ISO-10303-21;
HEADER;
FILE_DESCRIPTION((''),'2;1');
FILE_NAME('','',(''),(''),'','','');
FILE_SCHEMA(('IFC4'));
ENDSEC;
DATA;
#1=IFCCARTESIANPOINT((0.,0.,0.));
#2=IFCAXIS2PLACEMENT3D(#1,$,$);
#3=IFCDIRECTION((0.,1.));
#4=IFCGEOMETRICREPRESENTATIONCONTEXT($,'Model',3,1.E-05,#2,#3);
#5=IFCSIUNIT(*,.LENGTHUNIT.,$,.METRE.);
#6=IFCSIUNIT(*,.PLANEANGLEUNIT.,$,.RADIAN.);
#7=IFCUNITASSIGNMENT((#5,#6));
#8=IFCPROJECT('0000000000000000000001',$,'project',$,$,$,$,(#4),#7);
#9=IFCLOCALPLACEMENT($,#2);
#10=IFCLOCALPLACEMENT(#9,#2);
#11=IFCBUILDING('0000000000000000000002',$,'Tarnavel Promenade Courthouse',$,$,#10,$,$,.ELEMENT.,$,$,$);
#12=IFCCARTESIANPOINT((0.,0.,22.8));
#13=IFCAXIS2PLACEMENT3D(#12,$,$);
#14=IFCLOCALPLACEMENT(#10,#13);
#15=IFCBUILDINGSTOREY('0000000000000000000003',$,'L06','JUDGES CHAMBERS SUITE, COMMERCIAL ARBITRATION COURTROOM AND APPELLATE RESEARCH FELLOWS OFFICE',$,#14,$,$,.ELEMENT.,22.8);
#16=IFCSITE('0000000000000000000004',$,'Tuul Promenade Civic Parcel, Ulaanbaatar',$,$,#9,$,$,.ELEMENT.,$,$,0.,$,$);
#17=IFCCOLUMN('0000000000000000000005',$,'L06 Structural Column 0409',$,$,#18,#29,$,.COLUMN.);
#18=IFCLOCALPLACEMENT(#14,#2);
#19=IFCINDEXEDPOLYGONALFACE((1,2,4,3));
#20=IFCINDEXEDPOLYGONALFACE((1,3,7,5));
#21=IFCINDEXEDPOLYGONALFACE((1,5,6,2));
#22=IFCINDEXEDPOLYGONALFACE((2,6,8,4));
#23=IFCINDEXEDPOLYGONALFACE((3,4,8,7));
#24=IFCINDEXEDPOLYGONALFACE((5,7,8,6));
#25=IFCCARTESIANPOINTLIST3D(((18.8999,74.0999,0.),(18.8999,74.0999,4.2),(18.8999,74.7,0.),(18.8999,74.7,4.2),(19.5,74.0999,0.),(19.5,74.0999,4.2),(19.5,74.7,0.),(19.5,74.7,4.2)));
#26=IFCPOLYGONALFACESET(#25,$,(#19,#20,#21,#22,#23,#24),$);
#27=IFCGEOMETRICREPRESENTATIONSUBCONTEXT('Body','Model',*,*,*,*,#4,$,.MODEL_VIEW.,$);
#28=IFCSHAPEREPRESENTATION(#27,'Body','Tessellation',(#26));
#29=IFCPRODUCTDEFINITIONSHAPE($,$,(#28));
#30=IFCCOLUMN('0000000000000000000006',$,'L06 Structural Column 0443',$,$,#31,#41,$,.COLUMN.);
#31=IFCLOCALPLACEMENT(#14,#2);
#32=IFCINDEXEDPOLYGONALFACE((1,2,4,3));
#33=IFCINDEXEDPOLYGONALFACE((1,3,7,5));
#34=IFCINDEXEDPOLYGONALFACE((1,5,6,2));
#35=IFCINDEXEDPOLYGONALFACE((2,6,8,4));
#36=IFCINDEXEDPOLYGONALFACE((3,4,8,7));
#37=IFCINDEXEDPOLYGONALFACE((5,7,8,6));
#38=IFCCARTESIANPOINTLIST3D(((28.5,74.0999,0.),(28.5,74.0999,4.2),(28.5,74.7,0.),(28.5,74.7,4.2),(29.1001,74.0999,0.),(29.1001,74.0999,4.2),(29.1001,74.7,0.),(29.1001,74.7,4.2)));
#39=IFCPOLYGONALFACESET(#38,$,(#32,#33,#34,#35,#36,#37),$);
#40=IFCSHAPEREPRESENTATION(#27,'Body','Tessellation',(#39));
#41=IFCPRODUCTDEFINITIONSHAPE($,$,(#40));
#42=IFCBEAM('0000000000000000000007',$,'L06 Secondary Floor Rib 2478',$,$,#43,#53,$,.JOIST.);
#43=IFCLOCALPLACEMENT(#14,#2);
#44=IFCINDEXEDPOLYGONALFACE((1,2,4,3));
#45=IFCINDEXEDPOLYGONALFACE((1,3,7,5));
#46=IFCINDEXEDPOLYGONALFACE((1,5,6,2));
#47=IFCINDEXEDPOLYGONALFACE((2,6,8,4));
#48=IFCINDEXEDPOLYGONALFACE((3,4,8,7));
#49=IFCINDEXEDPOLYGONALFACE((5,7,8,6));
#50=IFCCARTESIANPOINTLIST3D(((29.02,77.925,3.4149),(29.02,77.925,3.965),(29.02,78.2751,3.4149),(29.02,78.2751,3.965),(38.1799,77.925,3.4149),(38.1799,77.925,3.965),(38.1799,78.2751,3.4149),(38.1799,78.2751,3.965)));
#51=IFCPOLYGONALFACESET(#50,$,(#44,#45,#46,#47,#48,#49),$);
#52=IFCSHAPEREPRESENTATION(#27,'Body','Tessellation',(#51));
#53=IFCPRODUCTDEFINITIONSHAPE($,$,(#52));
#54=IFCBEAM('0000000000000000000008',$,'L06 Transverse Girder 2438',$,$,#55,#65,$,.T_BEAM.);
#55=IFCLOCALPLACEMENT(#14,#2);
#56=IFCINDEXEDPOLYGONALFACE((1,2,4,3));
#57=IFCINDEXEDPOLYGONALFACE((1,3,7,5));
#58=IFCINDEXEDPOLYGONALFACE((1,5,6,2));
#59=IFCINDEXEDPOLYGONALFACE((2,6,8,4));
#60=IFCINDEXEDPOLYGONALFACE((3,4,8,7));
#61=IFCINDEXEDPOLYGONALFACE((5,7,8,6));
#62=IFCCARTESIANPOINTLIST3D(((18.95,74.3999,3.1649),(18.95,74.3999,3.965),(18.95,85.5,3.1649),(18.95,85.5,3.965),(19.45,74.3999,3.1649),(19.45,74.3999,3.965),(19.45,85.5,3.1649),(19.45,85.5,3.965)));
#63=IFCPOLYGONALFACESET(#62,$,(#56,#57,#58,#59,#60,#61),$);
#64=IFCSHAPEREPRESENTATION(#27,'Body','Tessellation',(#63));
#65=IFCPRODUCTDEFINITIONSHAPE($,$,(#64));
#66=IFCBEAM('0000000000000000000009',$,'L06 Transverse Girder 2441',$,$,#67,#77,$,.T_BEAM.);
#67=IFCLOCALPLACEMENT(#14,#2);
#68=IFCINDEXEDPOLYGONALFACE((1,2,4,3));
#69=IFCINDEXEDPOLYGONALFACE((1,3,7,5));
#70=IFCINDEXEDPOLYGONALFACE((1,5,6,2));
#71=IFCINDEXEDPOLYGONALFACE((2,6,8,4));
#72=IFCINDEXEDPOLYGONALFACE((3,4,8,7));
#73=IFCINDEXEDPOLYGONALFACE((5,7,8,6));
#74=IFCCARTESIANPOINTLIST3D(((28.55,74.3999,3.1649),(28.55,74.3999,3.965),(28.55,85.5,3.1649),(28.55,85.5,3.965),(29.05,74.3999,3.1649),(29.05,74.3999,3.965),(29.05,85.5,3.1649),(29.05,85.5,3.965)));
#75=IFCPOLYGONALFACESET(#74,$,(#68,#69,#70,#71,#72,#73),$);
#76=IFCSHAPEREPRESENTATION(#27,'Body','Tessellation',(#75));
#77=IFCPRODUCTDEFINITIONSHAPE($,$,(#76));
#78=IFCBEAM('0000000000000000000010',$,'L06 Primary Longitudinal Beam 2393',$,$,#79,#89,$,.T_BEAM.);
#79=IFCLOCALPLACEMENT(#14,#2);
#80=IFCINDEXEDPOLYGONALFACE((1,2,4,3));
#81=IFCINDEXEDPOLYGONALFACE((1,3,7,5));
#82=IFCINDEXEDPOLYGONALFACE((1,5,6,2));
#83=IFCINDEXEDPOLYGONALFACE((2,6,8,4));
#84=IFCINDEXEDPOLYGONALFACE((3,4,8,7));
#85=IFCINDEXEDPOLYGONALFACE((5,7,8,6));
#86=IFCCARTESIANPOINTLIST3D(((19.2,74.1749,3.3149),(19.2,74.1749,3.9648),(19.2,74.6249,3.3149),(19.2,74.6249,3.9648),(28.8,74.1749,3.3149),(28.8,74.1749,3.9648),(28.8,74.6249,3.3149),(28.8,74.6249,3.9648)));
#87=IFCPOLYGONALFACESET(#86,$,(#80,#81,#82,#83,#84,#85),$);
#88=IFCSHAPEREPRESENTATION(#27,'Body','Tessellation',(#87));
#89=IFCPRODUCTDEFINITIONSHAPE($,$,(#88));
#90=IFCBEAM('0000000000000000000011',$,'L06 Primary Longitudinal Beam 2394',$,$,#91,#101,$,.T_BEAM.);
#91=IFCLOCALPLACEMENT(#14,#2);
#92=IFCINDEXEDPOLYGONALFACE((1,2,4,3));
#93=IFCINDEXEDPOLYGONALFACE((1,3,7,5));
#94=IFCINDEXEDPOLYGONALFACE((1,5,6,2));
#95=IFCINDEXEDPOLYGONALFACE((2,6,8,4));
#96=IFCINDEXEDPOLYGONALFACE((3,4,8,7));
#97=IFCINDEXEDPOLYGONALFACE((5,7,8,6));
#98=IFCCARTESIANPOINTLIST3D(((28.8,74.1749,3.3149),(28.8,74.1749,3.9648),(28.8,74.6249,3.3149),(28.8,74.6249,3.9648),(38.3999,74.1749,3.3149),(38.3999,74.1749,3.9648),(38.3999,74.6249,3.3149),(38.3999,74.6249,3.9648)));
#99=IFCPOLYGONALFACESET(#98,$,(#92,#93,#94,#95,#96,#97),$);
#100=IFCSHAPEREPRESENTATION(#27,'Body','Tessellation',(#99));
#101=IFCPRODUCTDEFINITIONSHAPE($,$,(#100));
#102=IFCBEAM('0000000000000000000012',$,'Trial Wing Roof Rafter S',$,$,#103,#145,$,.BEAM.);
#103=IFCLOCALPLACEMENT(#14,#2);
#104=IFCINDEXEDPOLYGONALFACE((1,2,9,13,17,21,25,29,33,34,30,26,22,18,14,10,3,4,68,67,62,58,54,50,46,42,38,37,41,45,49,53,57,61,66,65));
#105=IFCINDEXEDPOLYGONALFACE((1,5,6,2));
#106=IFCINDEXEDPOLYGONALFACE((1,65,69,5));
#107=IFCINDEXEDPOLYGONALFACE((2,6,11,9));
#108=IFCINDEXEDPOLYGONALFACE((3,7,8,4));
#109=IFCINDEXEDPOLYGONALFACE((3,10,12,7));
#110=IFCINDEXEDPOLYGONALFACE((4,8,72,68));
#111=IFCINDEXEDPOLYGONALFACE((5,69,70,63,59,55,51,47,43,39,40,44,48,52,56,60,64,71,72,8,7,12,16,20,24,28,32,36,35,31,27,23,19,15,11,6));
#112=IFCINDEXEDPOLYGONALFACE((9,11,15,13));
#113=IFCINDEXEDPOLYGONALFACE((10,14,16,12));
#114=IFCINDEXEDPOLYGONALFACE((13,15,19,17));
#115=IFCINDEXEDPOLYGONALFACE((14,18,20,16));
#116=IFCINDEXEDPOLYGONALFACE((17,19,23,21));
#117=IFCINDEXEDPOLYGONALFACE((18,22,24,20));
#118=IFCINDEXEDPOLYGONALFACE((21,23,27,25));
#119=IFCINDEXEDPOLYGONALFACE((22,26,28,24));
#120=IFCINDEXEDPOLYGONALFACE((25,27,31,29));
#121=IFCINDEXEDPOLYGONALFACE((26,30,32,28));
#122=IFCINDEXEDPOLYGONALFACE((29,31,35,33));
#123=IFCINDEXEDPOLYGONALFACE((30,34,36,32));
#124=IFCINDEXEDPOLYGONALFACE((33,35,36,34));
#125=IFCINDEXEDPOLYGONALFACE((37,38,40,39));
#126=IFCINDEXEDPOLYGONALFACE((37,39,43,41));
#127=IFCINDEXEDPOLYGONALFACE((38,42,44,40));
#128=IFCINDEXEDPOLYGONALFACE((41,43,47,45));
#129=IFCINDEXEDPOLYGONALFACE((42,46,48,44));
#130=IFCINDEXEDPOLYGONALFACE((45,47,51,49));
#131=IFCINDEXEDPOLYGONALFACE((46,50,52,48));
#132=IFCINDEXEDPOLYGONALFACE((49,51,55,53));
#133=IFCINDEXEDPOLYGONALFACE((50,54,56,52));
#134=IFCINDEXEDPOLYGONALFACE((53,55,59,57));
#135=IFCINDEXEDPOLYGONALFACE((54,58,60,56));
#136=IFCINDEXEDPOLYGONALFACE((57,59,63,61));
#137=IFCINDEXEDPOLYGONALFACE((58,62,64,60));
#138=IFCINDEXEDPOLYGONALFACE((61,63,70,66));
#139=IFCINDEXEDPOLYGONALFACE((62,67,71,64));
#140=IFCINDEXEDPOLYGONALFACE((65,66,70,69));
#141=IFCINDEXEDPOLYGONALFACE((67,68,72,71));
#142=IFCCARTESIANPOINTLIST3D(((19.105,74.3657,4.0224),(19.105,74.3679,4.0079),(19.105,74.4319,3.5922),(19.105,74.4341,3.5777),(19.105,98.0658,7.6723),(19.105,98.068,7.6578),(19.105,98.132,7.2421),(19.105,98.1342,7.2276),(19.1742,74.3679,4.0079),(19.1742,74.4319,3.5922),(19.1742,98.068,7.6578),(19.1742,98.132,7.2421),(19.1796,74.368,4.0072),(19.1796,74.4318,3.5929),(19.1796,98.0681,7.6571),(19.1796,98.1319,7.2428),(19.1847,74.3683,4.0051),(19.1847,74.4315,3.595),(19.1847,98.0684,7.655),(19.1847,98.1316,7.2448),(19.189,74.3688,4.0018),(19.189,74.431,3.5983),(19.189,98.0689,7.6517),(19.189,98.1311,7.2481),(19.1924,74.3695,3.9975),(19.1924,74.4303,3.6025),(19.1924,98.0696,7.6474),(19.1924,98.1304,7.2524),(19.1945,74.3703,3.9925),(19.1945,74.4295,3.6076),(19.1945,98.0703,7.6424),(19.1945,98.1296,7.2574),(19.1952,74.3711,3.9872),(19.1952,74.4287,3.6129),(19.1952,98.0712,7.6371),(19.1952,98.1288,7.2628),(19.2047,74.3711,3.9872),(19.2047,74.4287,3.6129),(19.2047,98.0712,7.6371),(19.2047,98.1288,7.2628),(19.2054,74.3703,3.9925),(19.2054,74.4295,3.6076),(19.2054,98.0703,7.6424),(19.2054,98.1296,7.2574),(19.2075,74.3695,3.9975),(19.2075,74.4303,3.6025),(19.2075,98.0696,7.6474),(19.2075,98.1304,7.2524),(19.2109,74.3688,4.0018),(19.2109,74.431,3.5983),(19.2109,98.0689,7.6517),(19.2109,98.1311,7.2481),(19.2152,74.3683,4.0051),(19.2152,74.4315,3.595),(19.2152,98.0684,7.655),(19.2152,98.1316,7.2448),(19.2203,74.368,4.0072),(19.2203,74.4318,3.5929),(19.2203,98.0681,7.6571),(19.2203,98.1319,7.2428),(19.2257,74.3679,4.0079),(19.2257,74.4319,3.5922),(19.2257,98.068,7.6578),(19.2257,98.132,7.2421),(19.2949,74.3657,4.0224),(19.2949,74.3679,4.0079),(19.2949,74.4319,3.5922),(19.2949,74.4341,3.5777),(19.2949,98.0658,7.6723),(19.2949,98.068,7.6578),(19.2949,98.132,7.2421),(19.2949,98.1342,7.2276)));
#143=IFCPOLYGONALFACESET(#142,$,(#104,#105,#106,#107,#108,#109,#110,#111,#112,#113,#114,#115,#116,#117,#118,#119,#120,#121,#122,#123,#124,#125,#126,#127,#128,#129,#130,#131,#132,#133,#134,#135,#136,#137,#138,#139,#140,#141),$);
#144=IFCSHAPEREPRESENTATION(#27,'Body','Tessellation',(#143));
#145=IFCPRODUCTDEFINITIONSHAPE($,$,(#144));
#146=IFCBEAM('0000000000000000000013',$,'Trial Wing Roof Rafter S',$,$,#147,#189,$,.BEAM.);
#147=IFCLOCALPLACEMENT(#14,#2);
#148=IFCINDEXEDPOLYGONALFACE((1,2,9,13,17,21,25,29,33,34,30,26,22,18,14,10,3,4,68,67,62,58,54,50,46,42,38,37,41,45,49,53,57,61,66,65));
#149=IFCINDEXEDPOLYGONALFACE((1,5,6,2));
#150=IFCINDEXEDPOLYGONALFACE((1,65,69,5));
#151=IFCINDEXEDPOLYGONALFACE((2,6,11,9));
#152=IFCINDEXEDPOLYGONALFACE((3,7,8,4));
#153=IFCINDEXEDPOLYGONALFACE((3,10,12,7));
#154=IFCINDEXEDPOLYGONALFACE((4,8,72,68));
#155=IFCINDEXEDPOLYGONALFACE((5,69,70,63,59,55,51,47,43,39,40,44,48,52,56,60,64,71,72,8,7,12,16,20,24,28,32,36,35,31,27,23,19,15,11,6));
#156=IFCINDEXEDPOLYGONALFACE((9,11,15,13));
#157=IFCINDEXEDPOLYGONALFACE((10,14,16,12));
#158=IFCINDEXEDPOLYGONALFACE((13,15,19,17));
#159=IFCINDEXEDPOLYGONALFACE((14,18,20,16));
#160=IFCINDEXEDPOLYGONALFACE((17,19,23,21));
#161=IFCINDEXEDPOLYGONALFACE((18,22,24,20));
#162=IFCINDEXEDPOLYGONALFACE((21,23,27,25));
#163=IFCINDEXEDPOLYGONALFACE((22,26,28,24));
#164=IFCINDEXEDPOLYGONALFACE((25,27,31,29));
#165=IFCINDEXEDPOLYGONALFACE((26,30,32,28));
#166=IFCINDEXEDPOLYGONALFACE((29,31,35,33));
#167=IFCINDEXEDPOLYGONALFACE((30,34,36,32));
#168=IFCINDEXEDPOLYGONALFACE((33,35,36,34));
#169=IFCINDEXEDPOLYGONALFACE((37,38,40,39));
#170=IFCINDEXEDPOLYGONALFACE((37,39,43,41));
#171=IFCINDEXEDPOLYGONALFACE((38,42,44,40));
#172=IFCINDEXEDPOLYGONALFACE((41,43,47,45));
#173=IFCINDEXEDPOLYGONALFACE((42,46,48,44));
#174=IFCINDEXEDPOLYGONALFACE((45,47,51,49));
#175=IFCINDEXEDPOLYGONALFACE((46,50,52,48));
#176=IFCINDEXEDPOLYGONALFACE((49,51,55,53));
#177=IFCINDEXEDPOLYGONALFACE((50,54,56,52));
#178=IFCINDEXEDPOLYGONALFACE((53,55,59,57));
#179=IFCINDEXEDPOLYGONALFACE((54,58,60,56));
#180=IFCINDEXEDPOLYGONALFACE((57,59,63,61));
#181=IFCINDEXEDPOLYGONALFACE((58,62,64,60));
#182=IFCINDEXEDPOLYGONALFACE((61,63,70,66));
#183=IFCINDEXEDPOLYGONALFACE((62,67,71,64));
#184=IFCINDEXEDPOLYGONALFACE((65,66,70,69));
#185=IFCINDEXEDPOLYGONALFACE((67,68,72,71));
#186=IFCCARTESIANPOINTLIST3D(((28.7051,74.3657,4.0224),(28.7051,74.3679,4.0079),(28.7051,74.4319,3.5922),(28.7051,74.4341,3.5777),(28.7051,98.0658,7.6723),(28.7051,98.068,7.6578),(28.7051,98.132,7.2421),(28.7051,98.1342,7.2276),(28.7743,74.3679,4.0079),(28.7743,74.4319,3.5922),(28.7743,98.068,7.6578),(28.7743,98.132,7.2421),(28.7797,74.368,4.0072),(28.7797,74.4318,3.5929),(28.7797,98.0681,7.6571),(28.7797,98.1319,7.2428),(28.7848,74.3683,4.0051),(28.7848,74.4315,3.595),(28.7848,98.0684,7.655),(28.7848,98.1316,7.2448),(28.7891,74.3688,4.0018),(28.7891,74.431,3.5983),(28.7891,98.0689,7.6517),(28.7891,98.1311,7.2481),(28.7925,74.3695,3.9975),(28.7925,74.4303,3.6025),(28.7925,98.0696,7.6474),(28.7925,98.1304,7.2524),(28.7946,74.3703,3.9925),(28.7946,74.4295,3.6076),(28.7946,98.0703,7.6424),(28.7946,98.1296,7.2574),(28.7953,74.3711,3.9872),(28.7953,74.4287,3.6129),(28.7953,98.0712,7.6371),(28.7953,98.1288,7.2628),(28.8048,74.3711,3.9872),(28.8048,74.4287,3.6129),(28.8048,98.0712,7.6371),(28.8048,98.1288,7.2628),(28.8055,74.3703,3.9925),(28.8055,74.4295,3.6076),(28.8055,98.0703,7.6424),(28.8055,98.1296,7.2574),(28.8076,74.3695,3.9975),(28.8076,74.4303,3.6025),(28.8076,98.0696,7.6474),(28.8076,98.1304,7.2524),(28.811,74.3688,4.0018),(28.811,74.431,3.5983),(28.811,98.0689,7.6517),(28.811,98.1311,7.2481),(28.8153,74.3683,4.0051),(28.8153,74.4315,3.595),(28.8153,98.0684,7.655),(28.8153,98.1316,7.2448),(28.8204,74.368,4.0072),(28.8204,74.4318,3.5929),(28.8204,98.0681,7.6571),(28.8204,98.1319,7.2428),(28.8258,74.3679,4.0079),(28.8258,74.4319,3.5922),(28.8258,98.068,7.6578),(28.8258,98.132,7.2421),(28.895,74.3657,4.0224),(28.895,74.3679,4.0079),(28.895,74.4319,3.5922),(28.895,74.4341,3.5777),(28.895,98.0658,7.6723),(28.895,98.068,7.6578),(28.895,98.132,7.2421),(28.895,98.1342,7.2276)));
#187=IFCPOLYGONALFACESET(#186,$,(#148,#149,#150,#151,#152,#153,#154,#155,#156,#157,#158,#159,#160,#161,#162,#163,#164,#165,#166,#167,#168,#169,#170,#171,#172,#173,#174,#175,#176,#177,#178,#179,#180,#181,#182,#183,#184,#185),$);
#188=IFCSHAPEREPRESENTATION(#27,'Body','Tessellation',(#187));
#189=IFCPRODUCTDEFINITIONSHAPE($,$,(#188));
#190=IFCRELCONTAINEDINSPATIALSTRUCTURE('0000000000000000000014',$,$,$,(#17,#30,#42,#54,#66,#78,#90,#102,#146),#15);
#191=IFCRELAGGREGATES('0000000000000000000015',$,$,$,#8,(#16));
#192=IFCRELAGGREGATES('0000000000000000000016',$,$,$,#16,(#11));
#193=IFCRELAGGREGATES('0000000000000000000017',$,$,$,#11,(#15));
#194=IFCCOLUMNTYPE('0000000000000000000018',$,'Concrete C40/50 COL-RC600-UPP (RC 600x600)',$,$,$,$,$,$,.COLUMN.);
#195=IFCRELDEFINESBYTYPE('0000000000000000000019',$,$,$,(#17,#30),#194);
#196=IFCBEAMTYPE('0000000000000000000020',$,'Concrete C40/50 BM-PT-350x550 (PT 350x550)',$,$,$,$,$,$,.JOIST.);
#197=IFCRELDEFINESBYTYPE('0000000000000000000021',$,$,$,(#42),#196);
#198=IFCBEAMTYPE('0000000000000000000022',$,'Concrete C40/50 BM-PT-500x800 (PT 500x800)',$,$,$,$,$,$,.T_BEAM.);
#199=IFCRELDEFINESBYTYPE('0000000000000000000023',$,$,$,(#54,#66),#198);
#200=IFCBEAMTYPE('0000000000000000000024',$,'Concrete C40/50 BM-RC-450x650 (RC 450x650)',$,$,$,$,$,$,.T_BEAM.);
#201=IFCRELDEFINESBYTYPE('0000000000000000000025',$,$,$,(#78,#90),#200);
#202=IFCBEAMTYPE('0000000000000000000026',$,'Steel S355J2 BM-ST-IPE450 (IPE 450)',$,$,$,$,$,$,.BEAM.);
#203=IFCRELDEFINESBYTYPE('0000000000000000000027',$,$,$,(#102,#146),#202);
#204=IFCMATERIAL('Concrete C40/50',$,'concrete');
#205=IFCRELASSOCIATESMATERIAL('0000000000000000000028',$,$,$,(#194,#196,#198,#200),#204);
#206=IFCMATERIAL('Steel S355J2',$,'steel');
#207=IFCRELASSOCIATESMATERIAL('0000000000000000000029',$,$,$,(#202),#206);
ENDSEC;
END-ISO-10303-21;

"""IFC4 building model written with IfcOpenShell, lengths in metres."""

from ifc_helpers import new_model, si_unit, direction, frame, origin, origin_2d, place, context, subcontext, project, spatial, rectangle, i_section, extrude, material, material_profile, profile_set, type_object, element, save


model = new_model("IFC4")

# Units and contexts
model_context = context("Model", 3, precision=1e-05, world=origin(), true_north=direction((0.0, 1.0)))
body_context = subcontext(model_context, "Body", "Model", "MODEL_VIEW")
ifc_project = project(units=[si_unit("LENGTHUNIT", "METRE"), si_unit("PLANEANGLEUNIT", "RADIAN")], contexts=[model_context])

# Site, building, storey
site_placement = place(None, origin())
site = spatial("IfcSite", under=ifc_project, at=site_placement, Name="Tuul Promenade Civic Parcel, Ulaanbaatar", CompositionType="ELEMENT", RefElevation=0.0)
building_placement = place(site_placement, origin())
building = spatial("IfcBuilding", under=site, at=building_placement, Name="Tarnavel Promenade Courthouse", CompositionType="ELEMENT")
storey_placement = place(building_placement, frame((0.0, 0.0, 22.8)))
storey = spatial("IfcBuildingStorey", under=building, at=storey_placement, Name="L06", Description="JUDGES CHAMBERS SUITE, COMMERCIAL ARBITRATION COURTROOM AND APPELLATE RESEARCH FELLOWS OFFICE", CompositionType="ELEMENT", Elevation=22.8)

# Columns
ifc_material_1 = material(Name="Concrete C40/50", Category="concrete")
ifc_material_profile_1 = material_profile(ifc_material_1, rectangle(XDim=0.6001, YDim=0.6001, at=origin_2d()), Name="RC 600x600")
ifc_profile_set_1 = profile_set([ifc_material_profile_1], Name="Concrete C40/50")
column_type = type_object("IfcColumnType", Name="Concrete C40/50 COL-RC600-UPP (RC 600x600)", PredefinedType="COLUMN", material=ifc_profile_set_1)
for number, where, z_axis, x_axis, name in (
    (1, (19.2, 74.3999, 0.0), (0.0, 0.0, 1.0), (1.0, 0.0, 0.0), "L06 Structural Column 0409"),
    (2, (28.8, 74.3999, 0.0), (0.0, 0.0, 1.0), (1.0, 0.0, 0.0), "L06 Structural Column 0443"),
):
    element("IfcColumn", number, at=place(storey_placement, frame(where, z_axis=z_axis, x_axis=x_axis)), inside=storey, type_object=column_type, Name=name, PredefinedType="COLUMN", context=body_context, shape_type="SweptSolid", body=[
        extrude(rectangle(XDim=0.6001, YDim=0.6001, at=origin_2d()), origin(), (0.0, 0.0, 1.0), 4.2),
    ])

# Beams
ifc_material_profile_2 = material_profile(ifc_material_1, rectangle(XDim=0.3501, YDim=0.55, at=origin_2d()), Name="PT 350x550")
ifc_profile_set_2 = profile_set([ifc_material_profile_2], Name="Concrete C40/50")
beam_type_1 = type_object("IfcBeamType", Name="Concrete C40/50 BM-PT-350x550 (PT 350x550)", PredefinedType="JOIST", material=ifc_profile_set_2)
beam_1_placement = place(storey_placement, frame((29.02, 78.1001, 3.6899), z_axis=(1.0, 0.0, 0.0), x_axis=(0.0, 1.0, 0.0)))
element("IfcBeam", 3, at=beam_1_placement, inside=storey, type_object=beam_type_1, Name="L06 Secondary Floor Rib 2478", PredefinedType="JOIST", context=body_context, shape_type="SweptSolid", body=[
    extrude(rectangle(XDim=0.3501, YDim=0.55, at=origin_2d()), origin(), (0.0, 0.0, 1.0), 9.1599),
])
ifc_material_profile_3 = material_profile(ifc_material_1, rectangle(XDim=0.5, YDim=0.8, at=origin_2d()), Name="PT 500x800")
ifc_profile_set_3 = profile_set([ifc_material_profile_3], Name="Concrete C40/50")
beam_type_2 = type_object("IfcBeamType", Name="Concrete C40/50 BM-PT-500x800 (PT 500x800)", PredefinedType="T_BEAM", material=ifc_profile_set_3)
for number, where, z_axis, x_axis, name in (
    (4, (19.2, 74.3999, 3.5649), (0.0, 1.0, 0.0), (-1.0, 0.0, 0.0), "L06 Transverse Girder 2438"),
    (5, (28.8, 74.3999, 3.5649), (0.0, 1.0, 0.0), (-1.0, 0.0, 0.0), "L06 Transverse Girder 2441"),
):
    element("IfcBeam", number, at=place(storey_placement, frame(where, z_axis=z_axis, x_axis=x_axis)), inside=storey, type_object=beam_type_2, Name=name, PredefinedType="T_BEAM", context=body_context, shape_type="SweptSolid", body=[
        extrude(rectangle(XDim=0.5, YDim=0.8, at=origin_2d()), origin(), (0.0, 0.0, 1.0), 11.1001),
    ])
ifc_material_profile_4 = material_profile(ifc_material_1, rectangle(XDim=0.45, YDim=0.6499, at=origin_2d()), Name="RC 450x650")
ifc_profile_set_4 = profile_set([ifc_material_profile_4], Name="Concrete C40/50")
beam_type_3 = type_object("IfcBeamType", Name="Concrete C40/50 BM-RC-450x650 (RC 450x650)", PredefinedType="T_BEAM", material=ifc_profile_set_4)
beam_2_placement = place(storey_placement, frame((19.2, 74.3999, 3.6399), z_axis=(1.0, 0.0, 0.0), x_axis=(0.0, 1.0, 0.0)))
element("IfcBeam", 6, at=beam_2_placement, inside=storey, type_object=beam_type_3, Name="L06 Primary Longitudinal Beam 2393", PredefinedType="T_BEAM", context=body_context, shape_type="SweptSolid", body=[
    extrude(rectangle(XDim=0.45, YDim=0.6499, at=origin_2d()), origin(), (0.0, 0.0, 1.0), 9.6001),
])
beam_3_placement = place(storey_placement, frame((28.8, 74.3999, 3.6399), z_axis=(1.0, 0.0, 0.0), x_axis=(0.0, 1.0, 0.0)))
element("IfcBeam", 7, at=beam_3_placement, inside=storey, type_object=beam_type_3, Name="L06 Primary Longitudinal Beam 2394", PredefinedType="T_BEAM", context=body_context, shape_type="SweptSolid", body=[
    extrude(rectangle(XDim=0.45, YDim=0.6499, at=origin_2d()), origin(), (0.0, 0.0, 1.0), 9.5999),
])
ifc_material_2 = material(Name="Steel S355J2", Category="steel")
ifc_material_profile_5 = material_profile(ifc_material_2, i_section(OverallWidth=0.1899, OverallDepth=0.45, WebThickness=0.0095, FlangeThickness=0.0146, FilletRadius=0.021, at=origin_2d()), Name="IPE 450")
ifc_profile_set_5 = profile_set([ifc_material_profile_5], Name="Steel S355J2")
beam_type_4 = type_object("IfcBeamType", Name="Steel S355J2 BM-ST-IPE450 (IPE 450)", PredefinedType="BEAM", material=ifc_profile_set_5)
for number, where, z_axis, x_axis, name in (
    (8, (19.2, 74.3999, 3.8), (0.0, 0.988348, 0.152209), (-1.0, 0.0, 0.0), "Trial Wing Roof Rafter S"),
    (9, (28.8, 74.3999, 3.8), (0.0, 0.988348, 0.152209), (-1.0, 0.0, 0.0), "Trial Wing Roof Rafter S"),
):
    element("IfcBeam", number, at=place(storey_placement, frame(where, z_axis=z_axis, x_axis=x_axis)), inside=storey, type_object=beam_type_4, Name=name, PredefinedType="BEAM", context=body_context, shape_type="SweptSolid", body=[
        extrude(i_section(OverallWidth=0.1899, OverallDepth=0.45, WebThickness=0.0095, FlangeThickness=0.0146, FilletRadius=0.021, at=origin_2d()), origin(), (0.0, 0.0, 1.0), 23.9795),
    ])

save(model, "model.ifc")
